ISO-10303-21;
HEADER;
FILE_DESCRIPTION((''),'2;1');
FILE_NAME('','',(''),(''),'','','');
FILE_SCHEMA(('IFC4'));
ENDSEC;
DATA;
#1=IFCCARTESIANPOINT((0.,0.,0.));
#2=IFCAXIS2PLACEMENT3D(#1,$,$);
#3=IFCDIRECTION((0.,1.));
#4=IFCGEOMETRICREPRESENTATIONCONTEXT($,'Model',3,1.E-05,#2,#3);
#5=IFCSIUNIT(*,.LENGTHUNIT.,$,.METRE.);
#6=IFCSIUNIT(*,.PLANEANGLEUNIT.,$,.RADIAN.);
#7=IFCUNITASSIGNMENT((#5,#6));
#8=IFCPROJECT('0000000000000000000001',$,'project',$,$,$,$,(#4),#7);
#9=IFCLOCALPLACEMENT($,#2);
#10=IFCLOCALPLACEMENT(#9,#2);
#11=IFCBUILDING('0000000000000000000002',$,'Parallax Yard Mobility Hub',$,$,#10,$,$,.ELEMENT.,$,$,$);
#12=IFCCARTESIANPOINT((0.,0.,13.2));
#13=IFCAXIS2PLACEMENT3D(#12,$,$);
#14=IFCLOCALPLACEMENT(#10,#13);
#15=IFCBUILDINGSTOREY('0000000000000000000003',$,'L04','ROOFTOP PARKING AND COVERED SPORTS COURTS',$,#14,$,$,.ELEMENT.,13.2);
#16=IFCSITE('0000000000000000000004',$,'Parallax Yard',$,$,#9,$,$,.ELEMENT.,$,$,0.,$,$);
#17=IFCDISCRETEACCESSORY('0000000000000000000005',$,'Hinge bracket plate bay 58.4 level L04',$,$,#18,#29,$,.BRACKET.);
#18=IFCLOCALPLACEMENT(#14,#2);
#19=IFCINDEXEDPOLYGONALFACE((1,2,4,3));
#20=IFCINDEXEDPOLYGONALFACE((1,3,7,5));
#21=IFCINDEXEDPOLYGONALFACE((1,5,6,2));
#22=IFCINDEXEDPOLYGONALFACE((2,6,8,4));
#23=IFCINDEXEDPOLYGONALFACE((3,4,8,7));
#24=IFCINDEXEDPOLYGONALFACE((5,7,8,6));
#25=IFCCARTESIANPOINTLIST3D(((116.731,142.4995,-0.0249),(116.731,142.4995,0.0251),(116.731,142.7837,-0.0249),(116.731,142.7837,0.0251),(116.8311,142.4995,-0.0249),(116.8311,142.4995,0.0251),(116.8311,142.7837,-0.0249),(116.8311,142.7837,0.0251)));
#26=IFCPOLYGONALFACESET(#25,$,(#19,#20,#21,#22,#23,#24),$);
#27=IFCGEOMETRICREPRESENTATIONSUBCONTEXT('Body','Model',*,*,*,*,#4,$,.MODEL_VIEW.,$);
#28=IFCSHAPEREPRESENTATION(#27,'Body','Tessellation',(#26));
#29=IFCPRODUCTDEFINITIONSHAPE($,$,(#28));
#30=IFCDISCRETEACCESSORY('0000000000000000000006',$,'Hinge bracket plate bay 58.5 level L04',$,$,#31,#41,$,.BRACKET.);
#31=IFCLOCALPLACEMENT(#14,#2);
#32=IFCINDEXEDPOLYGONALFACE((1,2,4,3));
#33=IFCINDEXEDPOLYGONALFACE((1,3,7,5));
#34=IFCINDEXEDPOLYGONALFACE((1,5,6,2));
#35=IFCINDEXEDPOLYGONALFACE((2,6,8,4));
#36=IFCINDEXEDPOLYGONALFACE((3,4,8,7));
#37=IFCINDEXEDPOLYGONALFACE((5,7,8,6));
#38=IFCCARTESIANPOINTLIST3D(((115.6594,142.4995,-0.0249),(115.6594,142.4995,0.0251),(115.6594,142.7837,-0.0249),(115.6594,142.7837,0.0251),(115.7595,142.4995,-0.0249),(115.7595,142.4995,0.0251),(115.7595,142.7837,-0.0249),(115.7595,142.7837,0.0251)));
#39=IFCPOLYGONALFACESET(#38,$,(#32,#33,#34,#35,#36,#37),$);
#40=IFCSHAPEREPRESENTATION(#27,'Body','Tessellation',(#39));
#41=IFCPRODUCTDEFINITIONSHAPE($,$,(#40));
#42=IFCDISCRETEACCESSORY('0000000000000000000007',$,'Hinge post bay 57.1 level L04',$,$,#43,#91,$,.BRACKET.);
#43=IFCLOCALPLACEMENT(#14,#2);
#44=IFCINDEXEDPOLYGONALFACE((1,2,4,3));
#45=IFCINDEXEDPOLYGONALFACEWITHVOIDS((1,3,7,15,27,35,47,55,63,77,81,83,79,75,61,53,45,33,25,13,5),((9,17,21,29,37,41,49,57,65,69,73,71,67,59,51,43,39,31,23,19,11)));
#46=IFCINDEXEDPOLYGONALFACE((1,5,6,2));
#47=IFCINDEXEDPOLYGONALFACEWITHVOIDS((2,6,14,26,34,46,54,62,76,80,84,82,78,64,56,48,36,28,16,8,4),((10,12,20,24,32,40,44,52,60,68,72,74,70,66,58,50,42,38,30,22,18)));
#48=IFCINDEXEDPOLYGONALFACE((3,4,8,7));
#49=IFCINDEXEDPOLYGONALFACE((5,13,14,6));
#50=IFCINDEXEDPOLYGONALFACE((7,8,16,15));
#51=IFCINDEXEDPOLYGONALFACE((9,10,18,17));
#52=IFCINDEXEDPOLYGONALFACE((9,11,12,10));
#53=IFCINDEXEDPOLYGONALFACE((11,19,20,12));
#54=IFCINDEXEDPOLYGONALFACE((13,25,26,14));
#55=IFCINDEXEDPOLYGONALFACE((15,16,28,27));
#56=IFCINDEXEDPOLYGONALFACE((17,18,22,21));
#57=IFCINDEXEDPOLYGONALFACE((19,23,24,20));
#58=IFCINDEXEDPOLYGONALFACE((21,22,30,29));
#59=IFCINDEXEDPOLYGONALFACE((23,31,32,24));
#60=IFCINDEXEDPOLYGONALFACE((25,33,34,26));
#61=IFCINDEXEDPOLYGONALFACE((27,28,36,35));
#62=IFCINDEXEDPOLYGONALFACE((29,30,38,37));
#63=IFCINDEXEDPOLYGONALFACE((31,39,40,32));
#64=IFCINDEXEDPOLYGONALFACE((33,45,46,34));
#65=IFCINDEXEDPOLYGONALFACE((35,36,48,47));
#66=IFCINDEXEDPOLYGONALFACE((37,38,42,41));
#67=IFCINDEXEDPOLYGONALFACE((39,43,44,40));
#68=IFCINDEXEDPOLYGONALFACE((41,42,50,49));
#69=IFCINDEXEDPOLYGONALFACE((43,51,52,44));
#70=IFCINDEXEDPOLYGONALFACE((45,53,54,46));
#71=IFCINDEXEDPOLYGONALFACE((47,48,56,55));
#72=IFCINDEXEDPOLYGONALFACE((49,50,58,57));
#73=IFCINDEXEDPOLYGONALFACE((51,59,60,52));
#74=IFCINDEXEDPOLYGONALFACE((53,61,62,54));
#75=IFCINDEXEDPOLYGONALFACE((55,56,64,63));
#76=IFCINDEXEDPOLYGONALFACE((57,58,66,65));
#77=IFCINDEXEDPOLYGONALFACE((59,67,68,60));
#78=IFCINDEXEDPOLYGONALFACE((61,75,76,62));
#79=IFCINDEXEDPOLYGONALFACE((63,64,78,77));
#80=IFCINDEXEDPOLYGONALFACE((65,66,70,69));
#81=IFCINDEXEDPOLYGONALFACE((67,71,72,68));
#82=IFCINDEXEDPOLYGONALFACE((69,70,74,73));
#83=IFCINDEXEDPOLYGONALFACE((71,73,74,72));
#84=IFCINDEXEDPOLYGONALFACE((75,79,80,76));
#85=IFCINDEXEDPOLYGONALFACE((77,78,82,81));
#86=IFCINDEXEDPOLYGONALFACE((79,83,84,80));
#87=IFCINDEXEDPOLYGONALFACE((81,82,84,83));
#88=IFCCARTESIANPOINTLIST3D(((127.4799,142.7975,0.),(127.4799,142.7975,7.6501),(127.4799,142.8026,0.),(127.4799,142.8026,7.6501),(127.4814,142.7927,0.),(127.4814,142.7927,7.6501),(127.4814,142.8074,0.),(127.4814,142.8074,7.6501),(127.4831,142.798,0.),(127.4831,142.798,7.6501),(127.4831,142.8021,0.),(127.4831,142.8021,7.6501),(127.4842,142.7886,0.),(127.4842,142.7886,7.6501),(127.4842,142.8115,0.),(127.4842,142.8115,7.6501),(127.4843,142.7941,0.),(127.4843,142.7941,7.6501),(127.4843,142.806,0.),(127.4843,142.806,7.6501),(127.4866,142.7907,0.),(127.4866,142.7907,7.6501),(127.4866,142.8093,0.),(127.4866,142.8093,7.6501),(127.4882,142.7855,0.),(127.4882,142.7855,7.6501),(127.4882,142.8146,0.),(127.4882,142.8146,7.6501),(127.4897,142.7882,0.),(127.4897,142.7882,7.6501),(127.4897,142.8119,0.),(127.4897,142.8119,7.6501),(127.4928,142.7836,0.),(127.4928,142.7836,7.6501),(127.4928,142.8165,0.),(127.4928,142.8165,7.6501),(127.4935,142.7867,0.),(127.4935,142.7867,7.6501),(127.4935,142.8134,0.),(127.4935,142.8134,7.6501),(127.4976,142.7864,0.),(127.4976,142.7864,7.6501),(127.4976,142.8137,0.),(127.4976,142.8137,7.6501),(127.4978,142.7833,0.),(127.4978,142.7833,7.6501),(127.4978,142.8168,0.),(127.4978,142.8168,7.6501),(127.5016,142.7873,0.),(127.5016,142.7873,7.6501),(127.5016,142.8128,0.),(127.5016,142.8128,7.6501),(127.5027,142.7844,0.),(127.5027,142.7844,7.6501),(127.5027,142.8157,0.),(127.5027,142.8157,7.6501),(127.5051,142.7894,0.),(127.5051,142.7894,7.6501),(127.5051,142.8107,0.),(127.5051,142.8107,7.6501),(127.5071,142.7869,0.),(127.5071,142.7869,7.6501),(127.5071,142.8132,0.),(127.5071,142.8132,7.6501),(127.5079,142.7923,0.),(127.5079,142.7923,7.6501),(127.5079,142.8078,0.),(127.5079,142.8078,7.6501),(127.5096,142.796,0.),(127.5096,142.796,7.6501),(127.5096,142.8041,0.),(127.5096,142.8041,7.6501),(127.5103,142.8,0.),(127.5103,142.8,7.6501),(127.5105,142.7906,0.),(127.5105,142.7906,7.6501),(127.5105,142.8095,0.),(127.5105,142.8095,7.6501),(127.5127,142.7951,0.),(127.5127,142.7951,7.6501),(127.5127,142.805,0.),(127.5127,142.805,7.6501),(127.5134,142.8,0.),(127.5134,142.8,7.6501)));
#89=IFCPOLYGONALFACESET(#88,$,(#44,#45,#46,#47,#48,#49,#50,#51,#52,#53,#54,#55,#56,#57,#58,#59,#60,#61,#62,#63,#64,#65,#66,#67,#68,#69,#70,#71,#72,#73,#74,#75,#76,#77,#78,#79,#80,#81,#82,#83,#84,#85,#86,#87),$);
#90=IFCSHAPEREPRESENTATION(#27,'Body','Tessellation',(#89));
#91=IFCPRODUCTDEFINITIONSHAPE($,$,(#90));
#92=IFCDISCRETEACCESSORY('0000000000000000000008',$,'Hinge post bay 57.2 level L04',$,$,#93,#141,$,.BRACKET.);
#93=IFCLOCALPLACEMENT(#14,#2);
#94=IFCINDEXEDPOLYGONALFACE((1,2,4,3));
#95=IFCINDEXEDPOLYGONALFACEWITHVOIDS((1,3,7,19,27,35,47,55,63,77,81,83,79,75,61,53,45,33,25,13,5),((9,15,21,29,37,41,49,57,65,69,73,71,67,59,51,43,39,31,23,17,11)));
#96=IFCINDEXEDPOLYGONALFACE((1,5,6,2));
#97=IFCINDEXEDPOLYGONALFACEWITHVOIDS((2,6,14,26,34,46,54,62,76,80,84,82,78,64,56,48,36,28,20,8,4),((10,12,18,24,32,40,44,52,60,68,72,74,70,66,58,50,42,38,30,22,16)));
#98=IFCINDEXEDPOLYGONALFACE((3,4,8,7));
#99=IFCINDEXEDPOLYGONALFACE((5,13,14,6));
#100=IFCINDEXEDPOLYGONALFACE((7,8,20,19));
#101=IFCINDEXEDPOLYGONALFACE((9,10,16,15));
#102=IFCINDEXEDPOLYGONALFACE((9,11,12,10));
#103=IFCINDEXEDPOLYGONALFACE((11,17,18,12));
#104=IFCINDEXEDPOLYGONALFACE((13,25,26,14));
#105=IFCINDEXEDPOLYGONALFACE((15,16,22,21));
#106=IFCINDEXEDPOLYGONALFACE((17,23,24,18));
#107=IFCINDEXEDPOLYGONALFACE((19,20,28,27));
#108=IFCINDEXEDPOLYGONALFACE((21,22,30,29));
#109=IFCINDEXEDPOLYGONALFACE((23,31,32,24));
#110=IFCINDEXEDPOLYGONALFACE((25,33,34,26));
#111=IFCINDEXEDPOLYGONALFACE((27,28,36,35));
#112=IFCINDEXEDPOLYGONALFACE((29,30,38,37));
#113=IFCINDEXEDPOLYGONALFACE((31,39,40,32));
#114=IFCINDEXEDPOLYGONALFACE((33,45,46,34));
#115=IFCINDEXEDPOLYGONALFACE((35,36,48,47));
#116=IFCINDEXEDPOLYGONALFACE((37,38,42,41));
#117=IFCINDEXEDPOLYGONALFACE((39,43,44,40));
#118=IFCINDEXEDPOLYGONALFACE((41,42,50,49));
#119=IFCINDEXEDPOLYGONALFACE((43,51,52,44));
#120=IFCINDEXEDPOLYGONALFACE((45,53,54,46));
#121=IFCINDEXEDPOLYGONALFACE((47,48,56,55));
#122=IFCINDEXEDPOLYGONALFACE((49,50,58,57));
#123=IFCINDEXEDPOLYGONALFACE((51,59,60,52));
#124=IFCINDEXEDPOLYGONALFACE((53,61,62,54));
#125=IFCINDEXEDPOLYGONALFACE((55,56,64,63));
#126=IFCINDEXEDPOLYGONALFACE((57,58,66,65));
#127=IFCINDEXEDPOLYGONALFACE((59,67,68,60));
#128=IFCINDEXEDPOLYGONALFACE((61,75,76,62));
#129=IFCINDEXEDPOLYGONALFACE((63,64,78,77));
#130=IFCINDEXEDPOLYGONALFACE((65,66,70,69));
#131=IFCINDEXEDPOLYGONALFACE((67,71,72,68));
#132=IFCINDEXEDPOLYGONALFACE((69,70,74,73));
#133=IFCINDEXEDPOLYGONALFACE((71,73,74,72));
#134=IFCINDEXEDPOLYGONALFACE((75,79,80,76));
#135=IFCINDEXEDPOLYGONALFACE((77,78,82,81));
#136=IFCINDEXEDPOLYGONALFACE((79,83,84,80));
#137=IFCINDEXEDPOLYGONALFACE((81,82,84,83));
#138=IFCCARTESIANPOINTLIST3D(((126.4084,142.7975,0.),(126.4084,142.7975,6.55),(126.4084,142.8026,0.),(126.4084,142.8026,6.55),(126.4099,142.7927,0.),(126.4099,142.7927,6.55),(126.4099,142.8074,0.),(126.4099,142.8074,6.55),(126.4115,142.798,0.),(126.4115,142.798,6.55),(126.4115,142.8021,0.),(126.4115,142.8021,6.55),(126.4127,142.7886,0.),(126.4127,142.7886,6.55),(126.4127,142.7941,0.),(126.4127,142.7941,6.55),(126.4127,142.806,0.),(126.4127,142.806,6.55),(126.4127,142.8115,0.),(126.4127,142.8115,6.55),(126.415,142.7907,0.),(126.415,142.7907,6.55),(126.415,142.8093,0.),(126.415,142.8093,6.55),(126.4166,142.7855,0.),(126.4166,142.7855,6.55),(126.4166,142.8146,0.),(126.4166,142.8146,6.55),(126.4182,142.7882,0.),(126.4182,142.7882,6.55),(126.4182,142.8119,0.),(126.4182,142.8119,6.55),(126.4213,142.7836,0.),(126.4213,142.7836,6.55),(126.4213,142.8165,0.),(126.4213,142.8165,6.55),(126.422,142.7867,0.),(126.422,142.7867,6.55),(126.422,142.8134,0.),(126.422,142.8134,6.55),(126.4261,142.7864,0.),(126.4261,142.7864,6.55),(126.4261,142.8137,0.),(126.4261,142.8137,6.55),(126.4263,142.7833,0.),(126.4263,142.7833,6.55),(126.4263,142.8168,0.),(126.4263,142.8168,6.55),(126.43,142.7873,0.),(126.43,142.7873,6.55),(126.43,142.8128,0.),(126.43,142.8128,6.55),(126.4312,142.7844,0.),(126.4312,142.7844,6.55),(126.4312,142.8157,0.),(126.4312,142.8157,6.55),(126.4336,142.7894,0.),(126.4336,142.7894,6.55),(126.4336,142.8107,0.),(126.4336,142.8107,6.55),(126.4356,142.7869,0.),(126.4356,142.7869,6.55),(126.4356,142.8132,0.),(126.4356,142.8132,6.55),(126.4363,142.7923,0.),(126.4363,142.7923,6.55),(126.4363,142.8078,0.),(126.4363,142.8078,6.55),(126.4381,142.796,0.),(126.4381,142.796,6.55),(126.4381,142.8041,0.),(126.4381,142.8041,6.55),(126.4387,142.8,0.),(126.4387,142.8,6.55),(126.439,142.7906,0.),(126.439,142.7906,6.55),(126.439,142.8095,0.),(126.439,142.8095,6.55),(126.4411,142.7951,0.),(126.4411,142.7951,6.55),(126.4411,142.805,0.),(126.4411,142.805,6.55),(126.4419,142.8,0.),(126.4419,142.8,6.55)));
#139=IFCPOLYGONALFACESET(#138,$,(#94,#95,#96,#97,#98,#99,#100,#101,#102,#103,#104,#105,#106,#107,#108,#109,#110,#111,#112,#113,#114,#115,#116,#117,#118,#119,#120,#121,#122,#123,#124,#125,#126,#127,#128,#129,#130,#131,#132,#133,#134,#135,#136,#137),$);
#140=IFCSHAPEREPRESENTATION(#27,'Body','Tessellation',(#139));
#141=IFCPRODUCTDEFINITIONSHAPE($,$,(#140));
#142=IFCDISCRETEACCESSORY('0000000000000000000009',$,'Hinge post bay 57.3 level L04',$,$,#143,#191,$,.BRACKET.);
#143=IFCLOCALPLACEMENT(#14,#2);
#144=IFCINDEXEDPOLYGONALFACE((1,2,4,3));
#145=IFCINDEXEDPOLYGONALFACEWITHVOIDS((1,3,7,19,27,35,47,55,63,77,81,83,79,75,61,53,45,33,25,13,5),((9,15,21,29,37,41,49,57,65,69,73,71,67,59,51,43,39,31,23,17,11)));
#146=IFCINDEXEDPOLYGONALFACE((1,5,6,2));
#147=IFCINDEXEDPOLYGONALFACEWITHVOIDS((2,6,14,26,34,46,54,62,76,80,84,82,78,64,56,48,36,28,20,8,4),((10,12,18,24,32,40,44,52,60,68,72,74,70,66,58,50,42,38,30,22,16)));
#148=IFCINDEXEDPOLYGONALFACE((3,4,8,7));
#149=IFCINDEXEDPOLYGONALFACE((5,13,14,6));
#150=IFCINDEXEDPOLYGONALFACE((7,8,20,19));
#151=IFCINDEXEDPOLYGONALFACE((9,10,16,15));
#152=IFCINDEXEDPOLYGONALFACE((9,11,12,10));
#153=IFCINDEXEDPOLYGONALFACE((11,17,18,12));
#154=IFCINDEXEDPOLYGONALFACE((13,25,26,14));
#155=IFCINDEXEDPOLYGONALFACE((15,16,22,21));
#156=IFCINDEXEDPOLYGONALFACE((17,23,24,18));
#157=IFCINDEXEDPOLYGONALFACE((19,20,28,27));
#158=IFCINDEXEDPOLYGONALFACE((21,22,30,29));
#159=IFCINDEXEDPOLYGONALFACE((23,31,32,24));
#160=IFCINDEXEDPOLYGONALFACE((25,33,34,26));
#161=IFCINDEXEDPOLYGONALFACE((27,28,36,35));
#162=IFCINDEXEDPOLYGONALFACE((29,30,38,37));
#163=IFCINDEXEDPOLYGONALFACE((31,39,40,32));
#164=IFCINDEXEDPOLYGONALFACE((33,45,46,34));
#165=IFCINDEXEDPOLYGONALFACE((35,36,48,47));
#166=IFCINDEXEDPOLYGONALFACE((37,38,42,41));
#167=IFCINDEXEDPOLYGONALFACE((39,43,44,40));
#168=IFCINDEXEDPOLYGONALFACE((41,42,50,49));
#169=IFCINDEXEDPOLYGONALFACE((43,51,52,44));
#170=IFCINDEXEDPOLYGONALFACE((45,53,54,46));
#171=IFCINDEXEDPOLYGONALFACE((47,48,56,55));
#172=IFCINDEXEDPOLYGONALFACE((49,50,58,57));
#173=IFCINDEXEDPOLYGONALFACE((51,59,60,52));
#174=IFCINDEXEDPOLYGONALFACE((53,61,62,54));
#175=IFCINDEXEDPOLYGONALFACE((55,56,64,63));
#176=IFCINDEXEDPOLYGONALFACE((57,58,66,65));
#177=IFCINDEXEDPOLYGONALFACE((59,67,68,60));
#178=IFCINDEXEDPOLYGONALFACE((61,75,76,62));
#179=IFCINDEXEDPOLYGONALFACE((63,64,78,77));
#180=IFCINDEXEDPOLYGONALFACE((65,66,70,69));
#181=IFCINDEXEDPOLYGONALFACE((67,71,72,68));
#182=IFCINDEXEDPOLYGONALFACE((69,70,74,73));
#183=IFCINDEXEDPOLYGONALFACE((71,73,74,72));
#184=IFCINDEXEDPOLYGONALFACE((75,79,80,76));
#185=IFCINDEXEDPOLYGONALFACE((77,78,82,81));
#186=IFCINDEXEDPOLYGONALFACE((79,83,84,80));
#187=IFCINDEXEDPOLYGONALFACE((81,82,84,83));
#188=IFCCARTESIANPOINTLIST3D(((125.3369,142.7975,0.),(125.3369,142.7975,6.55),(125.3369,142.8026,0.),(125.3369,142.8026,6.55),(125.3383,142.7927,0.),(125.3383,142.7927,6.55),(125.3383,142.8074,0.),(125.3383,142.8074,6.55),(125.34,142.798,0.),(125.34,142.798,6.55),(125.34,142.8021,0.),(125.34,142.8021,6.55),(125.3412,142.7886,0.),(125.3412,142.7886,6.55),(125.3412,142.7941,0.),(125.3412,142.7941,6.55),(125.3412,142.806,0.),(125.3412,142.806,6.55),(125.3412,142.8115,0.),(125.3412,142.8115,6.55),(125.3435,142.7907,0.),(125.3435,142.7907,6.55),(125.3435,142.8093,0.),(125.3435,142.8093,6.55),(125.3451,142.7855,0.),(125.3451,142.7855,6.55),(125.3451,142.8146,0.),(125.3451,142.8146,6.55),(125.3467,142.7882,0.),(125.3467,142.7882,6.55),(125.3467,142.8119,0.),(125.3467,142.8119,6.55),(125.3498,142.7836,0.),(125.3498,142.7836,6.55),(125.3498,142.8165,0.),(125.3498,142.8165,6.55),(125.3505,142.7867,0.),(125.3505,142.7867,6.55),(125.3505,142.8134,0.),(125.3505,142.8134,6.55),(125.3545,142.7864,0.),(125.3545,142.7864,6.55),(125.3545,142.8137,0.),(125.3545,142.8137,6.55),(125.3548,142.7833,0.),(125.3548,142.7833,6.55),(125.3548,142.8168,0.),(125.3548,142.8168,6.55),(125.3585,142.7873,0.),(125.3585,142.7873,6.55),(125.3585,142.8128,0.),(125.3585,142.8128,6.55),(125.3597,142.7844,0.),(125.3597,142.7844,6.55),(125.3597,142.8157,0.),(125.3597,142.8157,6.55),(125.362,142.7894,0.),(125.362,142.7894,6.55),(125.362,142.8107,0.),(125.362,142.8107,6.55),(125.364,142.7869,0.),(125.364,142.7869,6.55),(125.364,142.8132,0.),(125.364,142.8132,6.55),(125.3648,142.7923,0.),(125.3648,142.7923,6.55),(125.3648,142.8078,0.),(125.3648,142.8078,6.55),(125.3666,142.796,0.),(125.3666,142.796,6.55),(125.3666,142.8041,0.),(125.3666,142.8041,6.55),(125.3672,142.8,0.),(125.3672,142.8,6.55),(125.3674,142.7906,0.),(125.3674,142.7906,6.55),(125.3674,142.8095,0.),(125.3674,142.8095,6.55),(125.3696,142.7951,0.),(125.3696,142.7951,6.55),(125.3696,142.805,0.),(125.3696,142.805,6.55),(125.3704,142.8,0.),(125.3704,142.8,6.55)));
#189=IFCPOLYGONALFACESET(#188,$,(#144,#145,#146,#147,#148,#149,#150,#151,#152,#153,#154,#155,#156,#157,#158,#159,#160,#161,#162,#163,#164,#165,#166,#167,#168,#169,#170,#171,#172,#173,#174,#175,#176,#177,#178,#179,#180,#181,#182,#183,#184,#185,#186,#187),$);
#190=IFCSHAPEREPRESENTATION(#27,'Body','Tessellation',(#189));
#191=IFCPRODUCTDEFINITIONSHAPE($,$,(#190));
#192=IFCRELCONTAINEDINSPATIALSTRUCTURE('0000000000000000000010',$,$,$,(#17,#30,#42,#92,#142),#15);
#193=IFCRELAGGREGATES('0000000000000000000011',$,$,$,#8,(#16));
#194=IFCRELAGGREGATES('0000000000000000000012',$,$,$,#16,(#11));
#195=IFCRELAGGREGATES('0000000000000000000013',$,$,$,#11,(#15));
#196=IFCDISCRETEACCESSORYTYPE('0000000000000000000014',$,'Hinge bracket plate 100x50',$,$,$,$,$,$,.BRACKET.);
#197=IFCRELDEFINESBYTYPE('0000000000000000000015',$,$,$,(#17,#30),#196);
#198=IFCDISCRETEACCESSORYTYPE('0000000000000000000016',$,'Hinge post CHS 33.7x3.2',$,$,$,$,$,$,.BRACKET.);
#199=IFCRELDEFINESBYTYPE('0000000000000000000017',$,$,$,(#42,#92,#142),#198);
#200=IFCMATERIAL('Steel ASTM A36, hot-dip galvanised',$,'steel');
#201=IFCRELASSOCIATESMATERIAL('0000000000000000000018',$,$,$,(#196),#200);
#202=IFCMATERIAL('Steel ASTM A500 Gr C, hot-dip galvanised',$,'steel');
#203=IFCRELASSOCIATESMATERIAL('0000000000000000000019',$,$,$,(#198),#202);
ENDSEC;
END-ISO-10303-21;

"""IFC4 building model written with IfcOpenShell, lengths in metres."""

from ifc_helpers import new_model, si_unit, direction, frame, origin, origin_2d, place, context, subcontext, project, spatial, rectangle, hollow_circle, extrude, material, material_profile, profile_set, type_object, element, save


model = new_model("IFC4")

# Units and contexts
model_context = context("Model", 3, precision=1e-05, world=origin(), true_north=direction((0.0, 1.0)))
body_context = subcontext(model_context, "Body", "Model", "MODEL_VIEW")
ifc_project = project(units=[si_unit("LENGTHUNIT", "METRE"), si_unit("PLANEANGLEUNIT", "RADIAN")], contexts=[model_context])

# Site, building, storey
site_placement = place(None, origin())
site = spatial("IfcSite", under=ifc_project, at=site_placement, Name="Parallax Yard", CompositionType="ELEMENT", RefElevation=0.0)
building_placement = place(site_placement, origin())
building = spatial("IfcBuilding", under=site, at=building_placement, Name="Parallax Yard Mobility Hub", CompositionType="ELEMENT")
storey_placement = place(building_placement, frame((0.0, 0.0, 13.2)))
storey = spatial("IfcBuildingStorey", under=building, at=storey_placement, Name="L04", Description="ROOFTOP PARKING AND COVERED SPORTS COURTS", CompositionType="ELEMENT", Elevation=13.2)

# Discrete accessories
ifc_material_1 = material(Name="Steel ASTM A36, hot-dip galvanised", Category="steel")
discrete_accessory_type_1 = type_object("IfcDiscreteAccessoryType", Name="Hinge bracket plate 100x50", PredefinedType="BRACKET", material=ifc_material_1)
for number, where, z_axis, x_axis, name in (
    (1, (116.781, 142.6416, -0.0249), (0.0, 0.0, 1.0), (0.0, 1.0, 0.0), "Hinge bracket plate bay 58.4 level L04"),
    (2, (115.7095, 142.6416, -0.0249), (0.0, 0.0, 1.0), (0.0, 1.0, 0.0), "Hinge bracket plate bay 58.5 level L04"),
):
    element("IfcDiscreteAccessory", number, at=place(storey_placement, frame(where, z_axis=z_axis, x_axis=x_axis)), inside=storey, type_object=discrete_accessory_type_1, Name=name, PredefinedType="BRACKET", context=body_context, shape_type="SweptSolid", body=[
        extrude(rectangle(XDim=0.2842, YDim=0.1001, at=origin_2d()), origin(), (0.0, 0.0, 1.0), 0.05),
    ])
ifc_material_2 = material(Name="Steel ASTM A500 Gr C, hot-dip galvanised", Category="steel")
ifc_material_profile = material_profile(ifc_material_2, hollow_circle(Radius=0.0168, WallThickness=0.0032, at=origin_2d()), Name="CHS 33.7x3.2")
ifc_profile_set = profile_set([ifc_material_profile], Name="Steel ASTM A500 Gr C, hot-dip galvanised")
discrete_accessory_type_2 = type_object("IfcDiscreteAccessoryType", Name="Hinge post CHS 33.7x3.2", PredefinedType="BRACKET", material=ifc_profile_set)
discrete_accessory_1_placement = place(storey_placement, frame((127.4966, 142.8, 0.0), z_axis=(0.0, 0.0, 1.0), x_axis=(1.0, 0.0, 0.0)))
element("IfcDiscreteAccessory", 3, at=discrete_accessory_1_placement, inside=storey, type_object=discrete_accessory_type_2, Name="Hinge post bay 57.1 level L04", PredefinedType="BRACKET", context=body_context, shape_type="SweptSolid", body=[
    extrude(hollow_circle(Radius=0.0168, WallThickness=0.0032, at=origin_2d()), origin(), (0.0, 0.0, 1.0), 7.6501),
])
for number, where, z_axis, x_axis, name in (
    (4, (126.425, 142.8, 0.0), (0.0, 0.0, 1.0), (1.0, 0.0, 0.0), "Hinge post bay 57.2 level L04"),
    (5, (125.3535, 142.8, 0.0), (0.0, 0.0, 1.0), (1.0, 0.0, 0.0), "Hinge post bay 57.3 level L04"),
):
    element("IfcDiscreteAccessory", number, at=place(storey_placement, frame(where, z_axis=z_axis, x_axis=x_axis)), inside=storey, type_object=discrete_accessory_type_2, Name=name, PredefinedType="BRACKET", context=body_context, shape_type="SweptSolid", body=[
        extrude(hollow_circle(Radius=0.0168, WallThickness=0.0032, at=origin_2d()), origin(), (0.0, 0.0, 1.0), 6.55),
    ])

save(model, "model.ifc")
